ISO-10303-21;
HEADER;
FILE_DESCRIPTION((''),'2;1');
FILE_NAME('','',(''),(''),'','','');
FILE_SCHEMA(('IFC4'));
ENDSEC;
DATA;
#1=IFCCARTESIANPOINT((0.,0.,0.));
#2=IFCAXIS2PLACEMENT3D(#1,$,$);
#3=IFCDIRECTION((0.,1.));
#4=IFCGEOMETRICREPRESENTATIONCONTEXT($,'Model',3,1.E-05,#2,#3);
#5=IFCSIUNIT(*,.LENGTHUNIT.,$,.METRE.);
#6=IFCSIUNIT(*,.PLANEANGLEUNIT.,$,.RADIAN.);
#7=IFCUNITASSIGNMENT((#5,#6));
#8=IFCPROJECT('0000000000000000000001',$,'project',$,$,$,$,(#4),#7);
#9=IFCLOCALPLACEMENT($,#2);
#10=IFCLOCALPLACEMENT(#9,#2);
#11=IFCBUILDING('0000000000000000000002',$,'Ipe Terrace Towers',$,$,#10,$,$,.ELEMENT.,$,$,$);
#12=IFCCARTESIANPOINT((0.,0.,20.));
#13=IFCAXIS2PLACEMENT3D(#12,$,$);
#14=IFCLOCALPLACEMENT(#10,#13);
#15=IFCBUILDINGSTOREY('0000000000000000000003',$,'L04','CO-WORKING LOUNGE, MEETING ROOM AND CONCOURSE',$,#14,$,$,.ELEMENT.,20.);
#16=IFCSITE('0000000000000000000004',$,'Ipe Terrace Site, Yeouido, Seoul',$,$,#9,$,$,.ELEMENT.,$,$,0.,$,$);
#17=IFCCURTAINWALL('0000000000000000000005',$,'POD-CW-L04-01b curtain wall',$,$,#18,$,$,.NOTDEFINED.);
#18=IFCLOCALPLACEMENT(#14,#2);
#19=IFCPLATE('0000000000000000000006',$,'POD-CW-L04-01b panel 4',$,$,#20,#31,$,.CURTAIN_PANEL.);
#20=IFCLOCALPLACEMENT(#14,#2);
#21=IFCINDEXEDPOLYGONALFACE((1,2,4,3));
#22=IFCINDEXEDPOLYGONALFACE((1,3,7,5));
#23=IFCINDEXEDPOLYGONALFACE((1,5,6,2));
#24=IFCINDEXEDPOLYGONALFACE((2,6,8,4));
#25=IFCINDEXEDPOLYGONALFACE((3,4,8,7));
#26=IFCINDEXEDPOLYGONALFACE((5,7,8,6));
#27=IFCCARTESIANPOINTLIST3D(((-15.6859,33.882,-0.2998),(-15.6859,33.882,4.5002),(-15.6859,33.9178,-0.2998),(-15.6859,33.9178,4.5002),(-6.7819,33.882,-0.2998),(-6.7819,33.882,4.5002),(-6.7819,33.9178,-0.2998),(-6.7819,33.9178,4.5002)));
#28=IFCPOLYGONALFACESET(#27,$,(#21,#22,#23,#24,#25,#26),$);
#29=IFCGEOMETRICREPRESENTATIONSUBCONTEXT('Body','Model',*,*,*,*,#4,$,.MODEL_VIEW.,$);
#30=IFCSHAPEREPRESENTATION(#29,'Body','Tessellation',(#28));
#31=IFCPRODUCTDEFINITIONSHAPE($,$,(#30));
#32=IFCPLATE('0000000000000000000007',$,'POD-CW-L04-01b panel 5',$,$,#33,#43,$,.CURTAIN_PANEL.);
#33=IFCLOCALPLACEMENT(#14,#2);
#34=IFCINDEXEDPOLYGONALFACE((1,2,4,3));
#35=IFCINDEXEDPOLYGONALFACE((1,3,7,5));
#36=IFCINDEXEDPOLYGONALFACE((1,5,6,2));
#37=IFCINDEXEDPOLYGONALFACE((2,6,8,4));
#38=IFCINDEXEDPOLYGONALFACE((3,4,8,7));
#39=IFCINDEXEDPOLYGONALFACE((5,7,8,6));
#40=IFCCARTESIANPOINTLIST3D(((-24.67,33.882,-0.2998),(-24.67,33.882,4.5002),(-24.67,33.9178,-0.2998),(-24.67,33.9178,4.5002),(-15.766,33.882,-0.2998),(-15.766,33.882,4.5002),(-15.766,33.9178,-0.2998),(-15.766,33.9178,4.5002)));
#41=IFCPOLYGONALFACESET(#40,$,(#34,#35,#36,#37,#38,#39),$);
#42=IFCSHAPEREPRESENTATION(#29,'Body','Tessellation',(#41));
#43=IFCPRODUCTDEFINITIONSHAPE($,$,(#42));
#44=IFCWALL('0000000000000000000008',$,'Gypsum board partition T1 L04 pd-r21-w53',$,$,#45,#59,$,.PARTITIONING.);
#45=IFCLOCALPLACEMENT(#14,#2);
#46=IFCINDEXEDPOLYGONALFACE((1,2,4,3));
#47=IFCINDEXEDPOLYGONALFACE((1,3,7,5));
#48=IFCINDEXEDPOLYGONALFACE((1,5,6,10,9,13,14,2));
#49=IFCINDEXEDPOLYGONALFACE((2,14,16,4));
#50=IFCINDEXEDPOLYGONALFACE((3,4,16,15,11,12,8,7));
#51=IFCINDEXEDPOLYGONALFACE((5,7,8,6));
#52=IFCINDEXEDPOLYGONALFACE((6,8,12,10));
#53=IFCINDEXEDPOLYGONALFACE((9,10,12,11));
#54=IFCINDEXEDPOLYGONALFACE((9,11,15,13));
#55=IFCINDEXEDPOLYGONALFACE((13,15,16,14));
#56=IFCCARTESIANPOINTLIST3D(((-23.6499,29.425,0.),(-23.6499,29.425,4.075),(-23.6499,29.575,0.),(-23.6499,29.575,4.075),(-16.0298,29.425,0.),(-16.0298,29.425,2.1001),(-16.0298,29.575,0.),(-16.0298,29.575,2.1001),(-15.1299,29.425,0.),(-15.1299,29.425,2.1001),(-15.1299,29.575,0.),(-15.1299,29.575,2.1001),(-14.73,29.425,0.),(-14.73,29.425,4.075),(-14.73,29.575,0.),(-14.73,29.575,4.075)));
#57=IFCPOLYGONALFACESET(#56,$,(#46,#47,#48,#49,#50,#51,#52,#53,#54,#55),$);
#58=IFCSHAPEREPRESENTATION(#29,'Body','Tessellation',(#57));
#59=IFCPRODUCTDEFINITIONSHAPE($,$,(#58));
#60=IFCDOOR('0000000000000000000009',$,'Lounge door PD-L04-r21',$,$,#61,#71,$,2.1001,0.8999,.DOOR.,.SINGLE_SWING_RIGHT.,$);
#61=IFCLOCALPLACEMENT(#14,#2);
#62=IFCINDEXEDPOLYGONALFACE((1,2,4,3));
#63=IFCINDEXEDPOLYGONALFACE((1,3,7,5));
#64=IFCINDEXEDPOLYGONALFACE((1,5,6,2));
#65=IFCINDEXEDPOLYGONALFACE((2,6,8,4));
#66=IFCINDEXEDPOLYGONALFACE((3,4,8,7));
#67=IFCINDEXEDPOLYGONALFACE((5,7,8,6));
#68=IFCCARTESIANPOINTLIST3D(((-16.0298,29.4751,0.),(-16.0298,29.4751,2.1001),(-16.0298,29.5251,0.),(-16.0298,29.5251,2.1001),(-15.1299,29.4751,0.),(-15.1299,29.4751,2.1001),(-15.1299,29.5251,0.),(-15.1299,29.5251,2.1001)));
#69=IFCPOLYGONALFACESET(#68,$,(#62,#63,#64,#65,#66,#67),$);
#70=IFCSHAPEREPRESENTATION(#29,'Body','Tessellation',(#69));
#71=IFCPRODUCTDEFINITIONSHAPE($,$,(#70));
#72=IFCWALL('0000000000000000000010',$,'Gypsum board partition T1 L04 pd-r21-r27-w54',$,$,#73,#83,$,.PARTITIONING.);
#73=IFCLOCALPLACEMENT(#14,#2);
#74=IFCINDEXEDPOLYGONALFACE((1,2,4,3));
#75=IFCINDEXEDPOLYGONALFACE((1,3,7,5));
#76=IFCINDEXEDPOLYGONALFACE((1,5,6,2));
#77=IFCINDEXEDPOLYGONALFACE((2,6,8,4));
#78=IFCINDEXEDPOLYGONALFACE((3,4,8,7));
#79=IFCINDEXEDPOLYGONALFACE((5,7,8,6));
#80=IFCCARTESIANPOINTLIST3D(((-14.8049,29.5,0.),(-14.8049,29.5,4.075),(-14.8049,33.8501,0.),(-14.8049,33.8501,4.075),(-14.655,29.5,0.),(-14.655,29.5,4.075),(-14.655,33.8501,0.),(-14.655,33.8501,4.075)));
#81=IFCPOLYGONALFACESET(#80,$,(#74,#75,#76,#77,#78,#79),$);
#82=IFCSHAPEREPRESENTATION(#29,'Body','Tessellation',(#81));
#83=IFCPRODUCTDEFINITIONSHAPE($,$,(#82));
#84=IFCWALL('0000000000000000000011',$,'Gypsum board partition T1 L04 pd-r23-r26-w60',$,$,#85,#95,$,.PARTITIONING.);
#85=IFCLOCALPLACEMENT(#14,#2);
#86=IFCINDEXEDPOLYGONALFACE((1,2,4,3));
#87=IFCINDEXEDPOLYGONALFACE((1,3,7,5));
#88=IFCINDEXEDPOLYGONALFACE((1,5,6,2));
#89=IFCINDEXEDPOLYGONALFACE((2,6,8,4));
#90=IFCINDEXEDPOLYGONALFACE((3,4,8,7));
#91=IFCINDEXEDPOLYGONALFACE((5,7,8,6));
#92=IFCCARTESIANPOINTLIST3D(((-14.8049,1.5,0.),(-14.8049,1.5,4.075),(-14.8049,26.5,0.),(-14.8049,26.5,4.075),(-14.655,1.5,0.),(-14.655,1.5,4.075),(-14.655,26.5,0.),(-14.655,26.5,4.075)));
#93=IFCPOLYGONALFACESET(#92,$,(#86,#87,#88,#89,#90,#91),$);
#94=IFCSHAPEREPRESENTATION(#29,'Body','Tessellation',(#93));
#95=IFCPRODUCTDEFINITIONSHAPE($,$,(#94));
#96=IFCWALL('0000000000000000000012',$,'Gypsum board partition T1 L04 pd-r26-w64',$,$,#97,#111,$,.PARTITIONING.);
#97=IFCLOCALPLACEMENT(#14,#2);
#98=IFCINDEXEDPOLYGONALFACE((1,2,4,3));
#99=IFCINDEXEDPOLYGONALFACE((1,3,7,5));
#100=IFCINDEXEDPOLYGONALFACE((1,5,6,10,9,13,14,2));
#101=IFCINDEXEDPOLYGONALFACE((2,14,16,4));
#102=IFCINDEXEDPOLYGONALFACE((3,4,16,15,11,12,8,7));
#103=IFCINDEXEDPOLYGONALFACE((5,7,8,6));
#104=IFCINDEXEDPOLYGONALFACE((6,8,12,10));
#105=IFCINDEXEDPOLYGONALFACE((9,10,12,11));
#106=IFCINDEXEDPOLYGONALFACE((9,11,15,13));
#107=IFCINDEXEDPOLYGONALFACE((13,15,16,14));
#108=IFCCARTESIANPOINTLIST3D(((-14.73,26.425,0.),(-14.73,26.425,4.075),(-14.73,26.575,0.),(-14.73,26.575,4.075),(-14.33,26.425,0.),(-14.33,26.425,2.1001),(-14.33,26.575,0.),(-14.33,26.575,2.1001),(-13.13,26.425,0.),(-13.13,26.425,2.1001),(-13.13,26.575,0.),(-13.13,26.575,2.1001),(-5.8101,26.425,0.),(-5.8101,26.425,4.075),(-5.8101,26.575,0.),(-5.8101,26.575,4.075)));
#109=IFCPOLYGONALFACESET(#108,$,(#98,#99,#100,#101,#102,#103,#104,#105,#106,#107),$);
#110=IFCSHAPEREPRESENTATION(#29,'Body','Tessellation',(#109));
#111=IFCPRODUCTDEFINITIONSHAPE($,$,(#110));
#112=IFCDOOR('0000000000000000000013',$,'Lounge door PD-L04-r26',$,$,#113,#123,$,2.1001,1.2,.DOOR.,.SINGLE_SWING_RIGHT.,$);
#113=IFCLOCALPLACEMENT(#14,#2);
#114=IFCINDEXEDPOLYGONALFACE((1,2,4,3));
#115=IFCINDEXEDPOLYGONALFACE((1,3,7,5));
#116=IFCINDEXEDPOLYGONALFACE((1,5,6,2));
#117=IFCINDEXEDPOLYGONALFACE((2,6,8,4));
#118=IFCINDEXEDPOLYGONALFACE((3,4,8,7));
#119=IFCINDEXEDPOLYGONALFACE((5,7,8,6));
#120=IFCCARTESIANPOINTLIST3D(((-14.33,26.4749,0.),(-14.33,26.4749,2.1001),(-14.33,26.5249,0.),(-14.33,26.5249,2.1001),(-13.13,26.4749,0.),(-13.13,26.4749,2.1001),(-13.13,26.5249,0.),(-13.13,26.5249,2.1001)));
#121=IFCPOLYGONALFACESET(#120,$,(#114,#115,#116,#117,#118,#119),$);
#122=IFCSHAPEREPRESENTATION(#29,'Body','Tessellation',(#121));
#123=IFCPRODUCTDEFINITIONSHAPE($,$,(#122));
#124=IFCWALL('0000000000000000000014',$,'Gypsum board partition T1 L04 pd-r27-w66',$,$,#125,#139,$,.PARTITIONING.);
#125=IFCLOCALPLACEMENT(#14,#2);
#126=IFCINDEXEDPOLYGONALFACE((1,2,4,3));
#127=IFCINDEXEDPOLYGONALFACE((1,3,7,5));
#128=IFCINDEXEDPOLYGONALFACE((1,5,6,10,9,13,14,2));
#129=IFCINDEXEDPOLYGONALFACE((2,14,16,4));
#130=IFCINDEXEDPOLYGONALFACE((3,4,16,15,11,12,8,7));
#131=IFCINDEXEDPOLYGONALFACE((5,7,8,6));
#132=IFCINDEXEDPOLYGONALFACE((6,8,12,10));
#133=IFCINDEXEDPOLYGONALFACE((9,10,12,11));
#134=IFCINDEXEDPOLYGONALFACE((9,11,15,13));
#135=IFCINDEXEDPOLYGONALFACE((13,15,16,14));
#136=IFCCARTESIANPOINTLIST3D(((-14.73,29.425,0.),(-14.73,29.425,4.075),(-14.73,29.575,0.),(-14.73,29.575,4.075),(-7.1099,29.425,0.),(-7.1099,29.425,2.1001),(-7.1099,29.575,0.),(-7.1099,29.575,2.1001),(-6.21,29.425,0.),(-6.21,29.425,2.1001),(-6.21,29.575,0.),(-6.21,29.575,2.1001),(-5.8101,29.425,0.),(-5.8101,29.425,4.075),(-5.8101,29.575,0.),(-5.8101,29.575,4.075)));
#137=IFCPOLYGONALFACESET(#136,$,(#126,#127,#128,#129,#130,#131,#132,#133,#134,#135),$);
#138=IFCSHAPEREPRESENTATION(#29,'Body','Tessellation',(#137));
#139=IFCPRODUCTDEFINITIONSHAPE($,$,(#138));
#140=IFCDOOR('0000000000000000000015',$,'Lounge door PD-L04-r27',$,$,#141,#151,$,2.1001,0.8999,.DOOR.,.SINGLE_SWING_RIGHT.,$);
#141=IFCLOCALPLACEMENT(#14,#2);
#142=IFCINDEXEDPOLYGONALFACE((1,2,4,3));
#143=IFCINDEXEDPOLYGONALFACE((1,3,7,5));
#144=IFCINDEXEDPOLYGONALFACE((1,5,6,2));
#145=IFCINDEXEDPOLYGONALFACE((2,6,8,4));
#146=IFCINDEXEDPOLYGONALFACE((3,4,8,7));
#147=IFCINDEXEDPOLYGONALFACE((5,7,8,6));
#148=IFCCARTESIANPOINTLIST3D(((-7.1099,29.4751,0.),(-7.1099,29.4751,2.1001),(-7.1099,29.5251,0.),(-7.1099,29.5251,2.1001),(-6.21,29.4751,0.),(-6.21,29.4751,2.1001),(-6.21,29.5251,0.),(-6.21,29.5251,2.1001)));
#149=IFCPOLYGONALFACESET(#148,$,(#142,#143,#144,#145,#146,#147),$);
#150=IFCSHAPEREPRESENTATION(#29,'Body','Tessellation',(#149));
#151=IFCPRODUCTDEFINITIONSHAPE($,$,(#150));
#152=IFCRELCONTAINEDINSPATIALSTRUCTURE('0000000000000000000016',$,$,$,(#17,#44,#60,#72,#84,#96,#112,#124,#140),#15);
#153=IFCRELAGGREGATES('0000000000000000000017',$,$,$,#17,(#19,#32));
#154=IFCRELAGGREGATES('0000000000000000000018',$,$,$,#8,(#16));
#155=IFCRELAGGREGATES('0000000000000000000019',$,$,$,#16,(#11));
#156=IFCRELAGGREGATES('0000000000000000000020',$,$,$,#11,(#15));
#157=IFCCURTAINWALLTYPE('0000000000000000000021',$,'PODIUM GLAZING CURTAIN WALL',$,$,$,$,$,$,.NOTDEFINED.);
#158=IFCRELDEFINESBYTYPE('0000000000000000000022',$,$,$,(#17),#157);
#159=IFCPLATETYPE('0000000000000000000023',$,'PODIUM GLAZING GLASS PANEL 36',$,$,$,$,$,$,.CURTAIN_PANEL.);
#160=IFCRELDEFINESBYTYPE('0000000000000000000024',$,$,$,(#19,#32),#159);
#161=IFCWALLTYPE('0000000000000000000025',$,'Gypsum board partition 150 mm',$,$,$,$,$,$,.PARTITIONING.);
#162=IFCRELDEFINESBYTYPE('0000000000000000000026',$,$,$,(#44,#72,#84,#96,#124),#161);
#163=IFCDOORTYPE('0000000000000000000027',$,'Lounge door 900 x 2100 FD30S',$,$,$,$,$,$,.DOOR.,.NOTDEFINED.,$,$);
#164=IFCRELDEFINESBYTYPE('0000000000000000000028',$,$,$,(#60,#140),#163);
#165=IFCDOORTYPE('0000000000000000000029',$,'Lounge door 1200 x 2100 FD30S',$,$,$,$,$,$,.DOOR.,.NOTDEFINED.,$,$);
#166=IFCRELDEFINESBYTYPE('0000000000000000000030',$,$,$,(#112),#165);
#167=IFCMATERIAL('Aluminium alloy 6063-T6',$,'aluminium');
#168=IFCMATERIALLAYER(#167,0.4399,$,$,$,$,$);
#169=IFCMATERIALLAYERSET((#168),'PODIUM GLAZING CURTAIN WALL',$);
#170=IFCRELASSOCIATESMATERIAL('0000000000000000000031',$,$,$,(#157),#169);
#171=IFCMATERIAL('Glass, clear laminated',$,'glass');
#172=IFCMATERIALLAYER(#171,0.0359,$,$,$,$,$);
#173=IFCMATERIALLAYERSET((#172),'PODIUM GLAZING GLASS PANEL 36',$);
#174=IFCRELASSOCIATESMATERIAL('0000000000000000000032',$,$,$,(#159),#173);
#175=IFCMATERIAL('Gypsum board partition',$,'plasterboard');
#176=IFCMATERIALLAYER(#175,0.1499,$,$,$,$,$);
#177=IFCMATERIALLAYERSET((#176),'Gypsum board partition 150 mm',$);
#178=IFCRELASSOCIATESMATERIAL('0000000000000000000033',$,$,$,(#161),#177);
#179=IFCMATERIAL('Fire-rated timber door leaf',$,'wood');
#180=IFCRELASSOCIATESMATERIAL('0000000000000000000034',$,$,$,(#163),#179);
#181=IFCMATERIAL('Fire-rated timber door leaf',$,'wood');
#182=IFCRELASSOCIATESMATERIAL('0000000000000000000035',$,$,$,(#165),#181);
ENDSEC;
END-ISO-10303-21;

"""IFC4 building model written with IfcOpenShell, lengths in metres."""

from ifc_helpers import new_model, si_unit, direction, frame, frame_2d, origin, origin_2d, place, context, subcontext, project, spatial, rectangle, extrude, material, layer, layer_set, type_object, element, fill, aggregate, save


model = new_model("IFC4")

# Units and contexts
model_context = context("Model", 3, precision=1e-05, world=origin(), true_north=direction((0.0, 1.0)))
body_context = subcontext(model_context, "Body", "Model", "MODEL_VIEW")
ifc_project = project(units=[si_unit("LENGTHUNIT", "METRE"), si_unit("PLANEANGLEUNIT", "RADIAN")], contexts=[model_context])

# Site, building, storey
site_placement = place(None, origin())
site = spatial("IfcSite", under=ifc_project, at=site_placement, Name="Ipe Terrace Site, Yeouido, Seoul", CompositionType="ELEMENT", RefElevation=0.0)
building_placement = place(site_placement, origin())
building = spatial("IfcBuilding", under=site, at=building_placement, Name="Ipe Terrace Towers", CompositionType="ELEMENT")
storey_placement = place(building_placement, frame((0.0, 0.0, 20.0)))
storey = spatial("IfcBuildingStorey", under=building, at=storey_placement, Name="L04", Description="CO-WORKING LOUNGE, MEETING ROOM AND CONCOURSE", CompositionType="ELEMENT", Elevation=20.0)

# Curtain wall, plates
ifc_material_1 = material(Name="Aluminium alloy 6063-T6", Category="aluminium")
ifc_layer_1 = layer(ifc_material_1, 0.4399)
ifc_layer_set_1 = layer_set([ifc_layer_1], Name="PODIUM GLAZING CURTAIN WALL")
curtain_wall_type = type_object("IfcCurtainWallType", Name="PODIUM GLAZING CURTAIN WALL", PredefinedType="NOTDEFINED", material=ifc_layer_set_1)
curtain_wall_placement = place(storey_placement, origin())
curtain_wall = element("IfcCurtainWall", 1, at=curtain_wall_placement, inside=storey, type_object=curtain_wall_type, Name="POD-CW-L04-01b curtain wall", PredefinedType="NOTDEFINED")
ifc_material_2 = material(Name="Glass, clear laminated", Category="glass")
ifc_layer_2 = layer(ifc_material_2, 0.0359)
ifc_layer_set_2 = layer_set([ifc_layer_2], Name="PODIUM GLAZING GLASS PANEL 36")
plate_type = type_object("IfcPlateType", Name="PODIUM GLAZING GLASS PANEL 36", PredefinedType="CURTAIN_PANEL", material=ifc_layer_set_2)
plate_1_placement = place(storey_placement, frame((-11.2339, 33.8999, -0.2998), z_axis=(0.0, 0.0, 1.0), x_axis=(-1.0, 0.0, 0.0)))
plate_1 = element("IfcPlate", 2, at=plate_1_placement, type_object=plate_type, Name="POD-CW-L04-01b panel 4", PredefinedType="CURTAIN_PANEL", context=body_context, shape_type="SweptSolid", body=[
    extrude(rectangle(XDim=8.9041, YDim=0.0359, at=origin_2d()), origin(), (0.0, 0.0, 1.0), 4.8),
])
plate_2_placement = place(storey_placement, frame((-20.218, 33.8999, -0.2998), z_axis=(0.0, 0.0, 1.0), x_axis=(-1.0, 0.0, 0.0)))
plate_2 = element("IfcPlate", 3, at=plate_2_placement, type_object=plate_type, Name="POD-CW-L04-01b panel 5", PredefinedType="CURTAIN_PANEL", context=body_context, shape_type="SweptSolid", body=[
    extrude(rectangle(XDim=8.9041, YDim=0.0359, at=origin_2d()), origin(), (0.0, 0.0, 1.0), 4.8),
])
aggregate(curtain_wall, [plate_1, plate_2])

# Wall, opening, door
ifc_material_3 = material(Name="Gypsum board partition", Category="plasterboard")
ifc_layer_3 = layer(ifc_material_3, 0.1499)
ifc_layer_set_3 = layer_set([ifc_layer_3], Name="Gypsum board partition 150 mm")
wall_type_1 = type_object("IfcWallType", Name="Gypsum board partition 150 mm", PredefinedType="PARTITIONING", material=ifc_layer_set_3)
wall_1_placement = place(storey_placement, frame((-14.73, 29.5, 0.0), z_axis=(0.0, 0.0, 1.0), x_axis=(-1.0, 0.0, 0.0)))
wall_1 = element("IfcWall", 4, at=wall_1_placement, inside=storey, type_object=wall_type_1, Name="Gypsum board partition T1 L04 pd-r21-w53", PredefinedType="PARTITIONING", context=body_context, shape_type="SweptSolid", body=[
    extrude(rectangle(XDim=8.9199, YDim=0.1499, at=frame_2d((4.46, 0.0))), origin(), (0.0, 0.0, 1.0), 4.075),
])
opening_1_placement = place(wall_1_placement, frame((0.3999, 0.0, 0.0)))
opening_1 = element("IfcOpeningElement", 5, at=opening_1_placement, cuts=wall_1, PredefinedType="OPENING", context=body_context, shape_type="SweptSolid", body=[
    extrude(rectangle(XDim=0.8999, YDim=2.1001, at=frame_2d((0.45, 1.05))), frame((0.0, 0.085, 0.0), z_axis=(0.0, -1.0, 0.0), x_axis=(1.0, 0.0, 0.0)), (0.0, 0.0, 1.0), 0.1699),
])
ifc_material_4 = material(Name="Fire-rated timber door leaf", Category="wood")
door_type_1 = type_object("IfcDoorType", Name="Lounge door 900 x 2100 FD30S", OperationType="NOTDEFINED", PredefinedType="DOOR", material=ifc_material_4)
door_1_placement = place(opening_1_placement, origin())
door_1 = element("IfcDoor", 6, at=door_1_placement, inside=storey, type_object=door_type_1, Name="Lounge door PD-L04-r21", OperationType="SINGLE_SWING_RIGHT", OverallHeight=2.1001, OverallWidth=0.8999, PredefinedType="DOOR", context=body_context, shape_type="SweptSolid", body=[
    extrude(rectangle(XDim=0.8999, YDim=2.1001, at=frame_2d((0.45, 1.05))), frame((0.0, 0.0249, 0.0), z_axis=(0.0, -1.0, 0.0), x_axis=(1.0, 0.0, 0.0)), (0.0, 0.0, 1.0), 0.05),
])
fill(opening_1, door_1)

# Walls
wall_2_placement = place(storey_placement, frame((-14.73, 33.8501, 0.0), z_axis=(0.0, 0.0, 1.0), x_axis=(0.0, -1.0, 0.0)))
element("IfcWall", 7, at=wall_2_placement, inside=storey, type_object=wall_type_1, Name="Gypsum board partition T1 L04 pd-r21-r27-w54", PredefinedType="PARTITIONING", context=body_context, shape_type="SweptSolid", body=[
    extrude(rectangle(XDim=4.3501, YDim=0.1499, at=frame_2d((2.175, 0.0))), origin(), (0.0, 0.0, 1.0), 4.075),
])
wall_3_placement = place(storey_placement, frame((-14.73, 26.5, 0.0), z_axis=(0.0, 0.0, 1.0), x_axis=(0.0, -1.0, 0.0)))
element("IfcWall", 8, at=wall_3_placement, inside=storey, type_object=wall_type_1, Name="Gypsum board partition T1 L04 pd-r23-r26-w60", PredefinedType="PARTITIONING", context=body_context, shape_type="SweptSolid", body=[
    extrude(rectangle(XDim=25.0, YDim=0.1499, at=frame_2d((12.5, 0.0))), origin(), (0.0, 0.0, 1.0), 4.075),
])

# Walls, openings, doors
wall_4_placement = place(storey_placement, frame((-14.73, 26.5, 0.0), z_axis=(0.0, 0.0, 1.0), x_axis=(1.0, 0.0, 0.0)))
wall_4 = element("IfcWall", 9, at=wall_4_placement, inside=storey, type_object=wall_type_1, Name="Gypsum board partition T1 L04 pd-r26-w64", PredefinedType="PARTITIONING", context=body_context, shape_type="SweptSolid", body=[
    extrude(rectangle(XDim=8.9199, YDim=0.1499, at=frame_2d((4.46, 0.0))), origin(), (0.0, 0.0, 1.0), 4.075),
])
opening_2_placement = place(wall_4_placement, frame((0.3999, 0.0, 0.0)))
opening_2 = element("IfcOpeningElement", 10, at=opening_2_placement, cuts=wall_4, PredefinedType="OPENING", context=body_context, shape_type="SweptSolid", body=[
    extrude(rectangle(XDim=1.2, YDim=2.1001, at=frame_2d((0.6001, 1.05))), frame((0.0, 0.085, 0.0), z_axis=(0.0, -1.0, 0.0), x_axis=(1.0, 0.0, 0.0)), (0.0, 0.0, 1.0), 0.1699),
])
ifc_material_5 = material(Name="Fire-rated timber door leaf", Category="wood")
door_type_2 = type_object("IfcDoorType", Name="Lounge door 1200 x 2100 FD30S", OperationType="NOTDEFINED", PredefinedType="DOOR", material=ifc_material_5)
door_2_placement = place(opening_2_placement, origin())
door_2 = element("IfcDoor", 11, at=door_2_placement, inside=storey, type_object=door_type_2, Name="Lounge door PD-L04-r26", OperationType="SINGLE_SWING_RIGHT", OverallHeight=2.1001, OverallWidth=1.2, PredefinedType="DOOR", context=body_context, shape_type="SweptSolid", body=[
    extrude(rectangle(XDim=1.2, YDim=2.1001, at=frame_2d((0.6001, 1.05))), frame((0.0, 0.0249, 0.0), z_axis=(0.0, -1.0, 0.0), x_axis=(1.0, 0.0, 0.0)), (0.0, 0.0, 1.0), 0.05),
])
fill(opening_2, door_2)
wall_5_placement = place(storey_placement, frame((-5.8101, 29.5, 0.0), z_axis=(0.0, 0.0, 1.0), x_axis=(-1.0, 0.0, 0.0)))
wall_5 = element("IfcWall", 12, at=wall_5_placement, inside=storey, type_object=wall_type_1, Name="Gypsum board partition T1 L04 pd-r27-w66", PredefinedType="PARTITIONING", context=body_context, shape_type="SweptSolid", body=[
    extrude(rectangle(XDim=8.9199, YDim=0.1499, at=frame_2d((4.46, 0.0))), origin(), (0.0, 0.0, 1.0), 4.075),
])
opening_3_placement = place(wall_5_placement, frame((0.3999, 0.0, 0.0)))
opening_3 = element("IfcOpeningElement", 13, at=opening_3_placement, cuts=wall_5, PredefinedType="OPENING", context=body_context, shape_type="SweptSolid", body=[
    extrude(rectangle(XDim=0.8999, YDim=2.1001, at=frame_2d((0.45, 1.05))), frame((0.0, 0.085, 0.0), z_axis=(0.0, -1.0, 0.0), x_axis=(1.0, 0.0, 0.0)), (0.0, 0.0, 1.0), 0.1699),
])
door_3_placement = place(opening_3_placement, origin())
door_3 = element("IfcDoor", 14, at=door_3_placement, inside=storey, type_object=door_type_1, Name="Lounge door PD-L04-r27", OperationType="SINGLE_SWING_RIGHT", OverallHeight=2.1001, OverallWidth=0.8999, PredefinedType="DOOR", context=body_context, shape_type="SweptSolid", body=[
    extrude(rectangle(XDim=0.8999, YDim=2.1001, at=frame_2d((0.45, 1.05))), frame((0.0, 0.0249, 0.0), z_axis=(0.0, -1.0, 0.0), x_axis=(1.0, 0.0, 0.0)), (0.0, 0.0, 1.0), 0.05),
])
fill(opening_3, door_3)

save(model, "model.ifc")
